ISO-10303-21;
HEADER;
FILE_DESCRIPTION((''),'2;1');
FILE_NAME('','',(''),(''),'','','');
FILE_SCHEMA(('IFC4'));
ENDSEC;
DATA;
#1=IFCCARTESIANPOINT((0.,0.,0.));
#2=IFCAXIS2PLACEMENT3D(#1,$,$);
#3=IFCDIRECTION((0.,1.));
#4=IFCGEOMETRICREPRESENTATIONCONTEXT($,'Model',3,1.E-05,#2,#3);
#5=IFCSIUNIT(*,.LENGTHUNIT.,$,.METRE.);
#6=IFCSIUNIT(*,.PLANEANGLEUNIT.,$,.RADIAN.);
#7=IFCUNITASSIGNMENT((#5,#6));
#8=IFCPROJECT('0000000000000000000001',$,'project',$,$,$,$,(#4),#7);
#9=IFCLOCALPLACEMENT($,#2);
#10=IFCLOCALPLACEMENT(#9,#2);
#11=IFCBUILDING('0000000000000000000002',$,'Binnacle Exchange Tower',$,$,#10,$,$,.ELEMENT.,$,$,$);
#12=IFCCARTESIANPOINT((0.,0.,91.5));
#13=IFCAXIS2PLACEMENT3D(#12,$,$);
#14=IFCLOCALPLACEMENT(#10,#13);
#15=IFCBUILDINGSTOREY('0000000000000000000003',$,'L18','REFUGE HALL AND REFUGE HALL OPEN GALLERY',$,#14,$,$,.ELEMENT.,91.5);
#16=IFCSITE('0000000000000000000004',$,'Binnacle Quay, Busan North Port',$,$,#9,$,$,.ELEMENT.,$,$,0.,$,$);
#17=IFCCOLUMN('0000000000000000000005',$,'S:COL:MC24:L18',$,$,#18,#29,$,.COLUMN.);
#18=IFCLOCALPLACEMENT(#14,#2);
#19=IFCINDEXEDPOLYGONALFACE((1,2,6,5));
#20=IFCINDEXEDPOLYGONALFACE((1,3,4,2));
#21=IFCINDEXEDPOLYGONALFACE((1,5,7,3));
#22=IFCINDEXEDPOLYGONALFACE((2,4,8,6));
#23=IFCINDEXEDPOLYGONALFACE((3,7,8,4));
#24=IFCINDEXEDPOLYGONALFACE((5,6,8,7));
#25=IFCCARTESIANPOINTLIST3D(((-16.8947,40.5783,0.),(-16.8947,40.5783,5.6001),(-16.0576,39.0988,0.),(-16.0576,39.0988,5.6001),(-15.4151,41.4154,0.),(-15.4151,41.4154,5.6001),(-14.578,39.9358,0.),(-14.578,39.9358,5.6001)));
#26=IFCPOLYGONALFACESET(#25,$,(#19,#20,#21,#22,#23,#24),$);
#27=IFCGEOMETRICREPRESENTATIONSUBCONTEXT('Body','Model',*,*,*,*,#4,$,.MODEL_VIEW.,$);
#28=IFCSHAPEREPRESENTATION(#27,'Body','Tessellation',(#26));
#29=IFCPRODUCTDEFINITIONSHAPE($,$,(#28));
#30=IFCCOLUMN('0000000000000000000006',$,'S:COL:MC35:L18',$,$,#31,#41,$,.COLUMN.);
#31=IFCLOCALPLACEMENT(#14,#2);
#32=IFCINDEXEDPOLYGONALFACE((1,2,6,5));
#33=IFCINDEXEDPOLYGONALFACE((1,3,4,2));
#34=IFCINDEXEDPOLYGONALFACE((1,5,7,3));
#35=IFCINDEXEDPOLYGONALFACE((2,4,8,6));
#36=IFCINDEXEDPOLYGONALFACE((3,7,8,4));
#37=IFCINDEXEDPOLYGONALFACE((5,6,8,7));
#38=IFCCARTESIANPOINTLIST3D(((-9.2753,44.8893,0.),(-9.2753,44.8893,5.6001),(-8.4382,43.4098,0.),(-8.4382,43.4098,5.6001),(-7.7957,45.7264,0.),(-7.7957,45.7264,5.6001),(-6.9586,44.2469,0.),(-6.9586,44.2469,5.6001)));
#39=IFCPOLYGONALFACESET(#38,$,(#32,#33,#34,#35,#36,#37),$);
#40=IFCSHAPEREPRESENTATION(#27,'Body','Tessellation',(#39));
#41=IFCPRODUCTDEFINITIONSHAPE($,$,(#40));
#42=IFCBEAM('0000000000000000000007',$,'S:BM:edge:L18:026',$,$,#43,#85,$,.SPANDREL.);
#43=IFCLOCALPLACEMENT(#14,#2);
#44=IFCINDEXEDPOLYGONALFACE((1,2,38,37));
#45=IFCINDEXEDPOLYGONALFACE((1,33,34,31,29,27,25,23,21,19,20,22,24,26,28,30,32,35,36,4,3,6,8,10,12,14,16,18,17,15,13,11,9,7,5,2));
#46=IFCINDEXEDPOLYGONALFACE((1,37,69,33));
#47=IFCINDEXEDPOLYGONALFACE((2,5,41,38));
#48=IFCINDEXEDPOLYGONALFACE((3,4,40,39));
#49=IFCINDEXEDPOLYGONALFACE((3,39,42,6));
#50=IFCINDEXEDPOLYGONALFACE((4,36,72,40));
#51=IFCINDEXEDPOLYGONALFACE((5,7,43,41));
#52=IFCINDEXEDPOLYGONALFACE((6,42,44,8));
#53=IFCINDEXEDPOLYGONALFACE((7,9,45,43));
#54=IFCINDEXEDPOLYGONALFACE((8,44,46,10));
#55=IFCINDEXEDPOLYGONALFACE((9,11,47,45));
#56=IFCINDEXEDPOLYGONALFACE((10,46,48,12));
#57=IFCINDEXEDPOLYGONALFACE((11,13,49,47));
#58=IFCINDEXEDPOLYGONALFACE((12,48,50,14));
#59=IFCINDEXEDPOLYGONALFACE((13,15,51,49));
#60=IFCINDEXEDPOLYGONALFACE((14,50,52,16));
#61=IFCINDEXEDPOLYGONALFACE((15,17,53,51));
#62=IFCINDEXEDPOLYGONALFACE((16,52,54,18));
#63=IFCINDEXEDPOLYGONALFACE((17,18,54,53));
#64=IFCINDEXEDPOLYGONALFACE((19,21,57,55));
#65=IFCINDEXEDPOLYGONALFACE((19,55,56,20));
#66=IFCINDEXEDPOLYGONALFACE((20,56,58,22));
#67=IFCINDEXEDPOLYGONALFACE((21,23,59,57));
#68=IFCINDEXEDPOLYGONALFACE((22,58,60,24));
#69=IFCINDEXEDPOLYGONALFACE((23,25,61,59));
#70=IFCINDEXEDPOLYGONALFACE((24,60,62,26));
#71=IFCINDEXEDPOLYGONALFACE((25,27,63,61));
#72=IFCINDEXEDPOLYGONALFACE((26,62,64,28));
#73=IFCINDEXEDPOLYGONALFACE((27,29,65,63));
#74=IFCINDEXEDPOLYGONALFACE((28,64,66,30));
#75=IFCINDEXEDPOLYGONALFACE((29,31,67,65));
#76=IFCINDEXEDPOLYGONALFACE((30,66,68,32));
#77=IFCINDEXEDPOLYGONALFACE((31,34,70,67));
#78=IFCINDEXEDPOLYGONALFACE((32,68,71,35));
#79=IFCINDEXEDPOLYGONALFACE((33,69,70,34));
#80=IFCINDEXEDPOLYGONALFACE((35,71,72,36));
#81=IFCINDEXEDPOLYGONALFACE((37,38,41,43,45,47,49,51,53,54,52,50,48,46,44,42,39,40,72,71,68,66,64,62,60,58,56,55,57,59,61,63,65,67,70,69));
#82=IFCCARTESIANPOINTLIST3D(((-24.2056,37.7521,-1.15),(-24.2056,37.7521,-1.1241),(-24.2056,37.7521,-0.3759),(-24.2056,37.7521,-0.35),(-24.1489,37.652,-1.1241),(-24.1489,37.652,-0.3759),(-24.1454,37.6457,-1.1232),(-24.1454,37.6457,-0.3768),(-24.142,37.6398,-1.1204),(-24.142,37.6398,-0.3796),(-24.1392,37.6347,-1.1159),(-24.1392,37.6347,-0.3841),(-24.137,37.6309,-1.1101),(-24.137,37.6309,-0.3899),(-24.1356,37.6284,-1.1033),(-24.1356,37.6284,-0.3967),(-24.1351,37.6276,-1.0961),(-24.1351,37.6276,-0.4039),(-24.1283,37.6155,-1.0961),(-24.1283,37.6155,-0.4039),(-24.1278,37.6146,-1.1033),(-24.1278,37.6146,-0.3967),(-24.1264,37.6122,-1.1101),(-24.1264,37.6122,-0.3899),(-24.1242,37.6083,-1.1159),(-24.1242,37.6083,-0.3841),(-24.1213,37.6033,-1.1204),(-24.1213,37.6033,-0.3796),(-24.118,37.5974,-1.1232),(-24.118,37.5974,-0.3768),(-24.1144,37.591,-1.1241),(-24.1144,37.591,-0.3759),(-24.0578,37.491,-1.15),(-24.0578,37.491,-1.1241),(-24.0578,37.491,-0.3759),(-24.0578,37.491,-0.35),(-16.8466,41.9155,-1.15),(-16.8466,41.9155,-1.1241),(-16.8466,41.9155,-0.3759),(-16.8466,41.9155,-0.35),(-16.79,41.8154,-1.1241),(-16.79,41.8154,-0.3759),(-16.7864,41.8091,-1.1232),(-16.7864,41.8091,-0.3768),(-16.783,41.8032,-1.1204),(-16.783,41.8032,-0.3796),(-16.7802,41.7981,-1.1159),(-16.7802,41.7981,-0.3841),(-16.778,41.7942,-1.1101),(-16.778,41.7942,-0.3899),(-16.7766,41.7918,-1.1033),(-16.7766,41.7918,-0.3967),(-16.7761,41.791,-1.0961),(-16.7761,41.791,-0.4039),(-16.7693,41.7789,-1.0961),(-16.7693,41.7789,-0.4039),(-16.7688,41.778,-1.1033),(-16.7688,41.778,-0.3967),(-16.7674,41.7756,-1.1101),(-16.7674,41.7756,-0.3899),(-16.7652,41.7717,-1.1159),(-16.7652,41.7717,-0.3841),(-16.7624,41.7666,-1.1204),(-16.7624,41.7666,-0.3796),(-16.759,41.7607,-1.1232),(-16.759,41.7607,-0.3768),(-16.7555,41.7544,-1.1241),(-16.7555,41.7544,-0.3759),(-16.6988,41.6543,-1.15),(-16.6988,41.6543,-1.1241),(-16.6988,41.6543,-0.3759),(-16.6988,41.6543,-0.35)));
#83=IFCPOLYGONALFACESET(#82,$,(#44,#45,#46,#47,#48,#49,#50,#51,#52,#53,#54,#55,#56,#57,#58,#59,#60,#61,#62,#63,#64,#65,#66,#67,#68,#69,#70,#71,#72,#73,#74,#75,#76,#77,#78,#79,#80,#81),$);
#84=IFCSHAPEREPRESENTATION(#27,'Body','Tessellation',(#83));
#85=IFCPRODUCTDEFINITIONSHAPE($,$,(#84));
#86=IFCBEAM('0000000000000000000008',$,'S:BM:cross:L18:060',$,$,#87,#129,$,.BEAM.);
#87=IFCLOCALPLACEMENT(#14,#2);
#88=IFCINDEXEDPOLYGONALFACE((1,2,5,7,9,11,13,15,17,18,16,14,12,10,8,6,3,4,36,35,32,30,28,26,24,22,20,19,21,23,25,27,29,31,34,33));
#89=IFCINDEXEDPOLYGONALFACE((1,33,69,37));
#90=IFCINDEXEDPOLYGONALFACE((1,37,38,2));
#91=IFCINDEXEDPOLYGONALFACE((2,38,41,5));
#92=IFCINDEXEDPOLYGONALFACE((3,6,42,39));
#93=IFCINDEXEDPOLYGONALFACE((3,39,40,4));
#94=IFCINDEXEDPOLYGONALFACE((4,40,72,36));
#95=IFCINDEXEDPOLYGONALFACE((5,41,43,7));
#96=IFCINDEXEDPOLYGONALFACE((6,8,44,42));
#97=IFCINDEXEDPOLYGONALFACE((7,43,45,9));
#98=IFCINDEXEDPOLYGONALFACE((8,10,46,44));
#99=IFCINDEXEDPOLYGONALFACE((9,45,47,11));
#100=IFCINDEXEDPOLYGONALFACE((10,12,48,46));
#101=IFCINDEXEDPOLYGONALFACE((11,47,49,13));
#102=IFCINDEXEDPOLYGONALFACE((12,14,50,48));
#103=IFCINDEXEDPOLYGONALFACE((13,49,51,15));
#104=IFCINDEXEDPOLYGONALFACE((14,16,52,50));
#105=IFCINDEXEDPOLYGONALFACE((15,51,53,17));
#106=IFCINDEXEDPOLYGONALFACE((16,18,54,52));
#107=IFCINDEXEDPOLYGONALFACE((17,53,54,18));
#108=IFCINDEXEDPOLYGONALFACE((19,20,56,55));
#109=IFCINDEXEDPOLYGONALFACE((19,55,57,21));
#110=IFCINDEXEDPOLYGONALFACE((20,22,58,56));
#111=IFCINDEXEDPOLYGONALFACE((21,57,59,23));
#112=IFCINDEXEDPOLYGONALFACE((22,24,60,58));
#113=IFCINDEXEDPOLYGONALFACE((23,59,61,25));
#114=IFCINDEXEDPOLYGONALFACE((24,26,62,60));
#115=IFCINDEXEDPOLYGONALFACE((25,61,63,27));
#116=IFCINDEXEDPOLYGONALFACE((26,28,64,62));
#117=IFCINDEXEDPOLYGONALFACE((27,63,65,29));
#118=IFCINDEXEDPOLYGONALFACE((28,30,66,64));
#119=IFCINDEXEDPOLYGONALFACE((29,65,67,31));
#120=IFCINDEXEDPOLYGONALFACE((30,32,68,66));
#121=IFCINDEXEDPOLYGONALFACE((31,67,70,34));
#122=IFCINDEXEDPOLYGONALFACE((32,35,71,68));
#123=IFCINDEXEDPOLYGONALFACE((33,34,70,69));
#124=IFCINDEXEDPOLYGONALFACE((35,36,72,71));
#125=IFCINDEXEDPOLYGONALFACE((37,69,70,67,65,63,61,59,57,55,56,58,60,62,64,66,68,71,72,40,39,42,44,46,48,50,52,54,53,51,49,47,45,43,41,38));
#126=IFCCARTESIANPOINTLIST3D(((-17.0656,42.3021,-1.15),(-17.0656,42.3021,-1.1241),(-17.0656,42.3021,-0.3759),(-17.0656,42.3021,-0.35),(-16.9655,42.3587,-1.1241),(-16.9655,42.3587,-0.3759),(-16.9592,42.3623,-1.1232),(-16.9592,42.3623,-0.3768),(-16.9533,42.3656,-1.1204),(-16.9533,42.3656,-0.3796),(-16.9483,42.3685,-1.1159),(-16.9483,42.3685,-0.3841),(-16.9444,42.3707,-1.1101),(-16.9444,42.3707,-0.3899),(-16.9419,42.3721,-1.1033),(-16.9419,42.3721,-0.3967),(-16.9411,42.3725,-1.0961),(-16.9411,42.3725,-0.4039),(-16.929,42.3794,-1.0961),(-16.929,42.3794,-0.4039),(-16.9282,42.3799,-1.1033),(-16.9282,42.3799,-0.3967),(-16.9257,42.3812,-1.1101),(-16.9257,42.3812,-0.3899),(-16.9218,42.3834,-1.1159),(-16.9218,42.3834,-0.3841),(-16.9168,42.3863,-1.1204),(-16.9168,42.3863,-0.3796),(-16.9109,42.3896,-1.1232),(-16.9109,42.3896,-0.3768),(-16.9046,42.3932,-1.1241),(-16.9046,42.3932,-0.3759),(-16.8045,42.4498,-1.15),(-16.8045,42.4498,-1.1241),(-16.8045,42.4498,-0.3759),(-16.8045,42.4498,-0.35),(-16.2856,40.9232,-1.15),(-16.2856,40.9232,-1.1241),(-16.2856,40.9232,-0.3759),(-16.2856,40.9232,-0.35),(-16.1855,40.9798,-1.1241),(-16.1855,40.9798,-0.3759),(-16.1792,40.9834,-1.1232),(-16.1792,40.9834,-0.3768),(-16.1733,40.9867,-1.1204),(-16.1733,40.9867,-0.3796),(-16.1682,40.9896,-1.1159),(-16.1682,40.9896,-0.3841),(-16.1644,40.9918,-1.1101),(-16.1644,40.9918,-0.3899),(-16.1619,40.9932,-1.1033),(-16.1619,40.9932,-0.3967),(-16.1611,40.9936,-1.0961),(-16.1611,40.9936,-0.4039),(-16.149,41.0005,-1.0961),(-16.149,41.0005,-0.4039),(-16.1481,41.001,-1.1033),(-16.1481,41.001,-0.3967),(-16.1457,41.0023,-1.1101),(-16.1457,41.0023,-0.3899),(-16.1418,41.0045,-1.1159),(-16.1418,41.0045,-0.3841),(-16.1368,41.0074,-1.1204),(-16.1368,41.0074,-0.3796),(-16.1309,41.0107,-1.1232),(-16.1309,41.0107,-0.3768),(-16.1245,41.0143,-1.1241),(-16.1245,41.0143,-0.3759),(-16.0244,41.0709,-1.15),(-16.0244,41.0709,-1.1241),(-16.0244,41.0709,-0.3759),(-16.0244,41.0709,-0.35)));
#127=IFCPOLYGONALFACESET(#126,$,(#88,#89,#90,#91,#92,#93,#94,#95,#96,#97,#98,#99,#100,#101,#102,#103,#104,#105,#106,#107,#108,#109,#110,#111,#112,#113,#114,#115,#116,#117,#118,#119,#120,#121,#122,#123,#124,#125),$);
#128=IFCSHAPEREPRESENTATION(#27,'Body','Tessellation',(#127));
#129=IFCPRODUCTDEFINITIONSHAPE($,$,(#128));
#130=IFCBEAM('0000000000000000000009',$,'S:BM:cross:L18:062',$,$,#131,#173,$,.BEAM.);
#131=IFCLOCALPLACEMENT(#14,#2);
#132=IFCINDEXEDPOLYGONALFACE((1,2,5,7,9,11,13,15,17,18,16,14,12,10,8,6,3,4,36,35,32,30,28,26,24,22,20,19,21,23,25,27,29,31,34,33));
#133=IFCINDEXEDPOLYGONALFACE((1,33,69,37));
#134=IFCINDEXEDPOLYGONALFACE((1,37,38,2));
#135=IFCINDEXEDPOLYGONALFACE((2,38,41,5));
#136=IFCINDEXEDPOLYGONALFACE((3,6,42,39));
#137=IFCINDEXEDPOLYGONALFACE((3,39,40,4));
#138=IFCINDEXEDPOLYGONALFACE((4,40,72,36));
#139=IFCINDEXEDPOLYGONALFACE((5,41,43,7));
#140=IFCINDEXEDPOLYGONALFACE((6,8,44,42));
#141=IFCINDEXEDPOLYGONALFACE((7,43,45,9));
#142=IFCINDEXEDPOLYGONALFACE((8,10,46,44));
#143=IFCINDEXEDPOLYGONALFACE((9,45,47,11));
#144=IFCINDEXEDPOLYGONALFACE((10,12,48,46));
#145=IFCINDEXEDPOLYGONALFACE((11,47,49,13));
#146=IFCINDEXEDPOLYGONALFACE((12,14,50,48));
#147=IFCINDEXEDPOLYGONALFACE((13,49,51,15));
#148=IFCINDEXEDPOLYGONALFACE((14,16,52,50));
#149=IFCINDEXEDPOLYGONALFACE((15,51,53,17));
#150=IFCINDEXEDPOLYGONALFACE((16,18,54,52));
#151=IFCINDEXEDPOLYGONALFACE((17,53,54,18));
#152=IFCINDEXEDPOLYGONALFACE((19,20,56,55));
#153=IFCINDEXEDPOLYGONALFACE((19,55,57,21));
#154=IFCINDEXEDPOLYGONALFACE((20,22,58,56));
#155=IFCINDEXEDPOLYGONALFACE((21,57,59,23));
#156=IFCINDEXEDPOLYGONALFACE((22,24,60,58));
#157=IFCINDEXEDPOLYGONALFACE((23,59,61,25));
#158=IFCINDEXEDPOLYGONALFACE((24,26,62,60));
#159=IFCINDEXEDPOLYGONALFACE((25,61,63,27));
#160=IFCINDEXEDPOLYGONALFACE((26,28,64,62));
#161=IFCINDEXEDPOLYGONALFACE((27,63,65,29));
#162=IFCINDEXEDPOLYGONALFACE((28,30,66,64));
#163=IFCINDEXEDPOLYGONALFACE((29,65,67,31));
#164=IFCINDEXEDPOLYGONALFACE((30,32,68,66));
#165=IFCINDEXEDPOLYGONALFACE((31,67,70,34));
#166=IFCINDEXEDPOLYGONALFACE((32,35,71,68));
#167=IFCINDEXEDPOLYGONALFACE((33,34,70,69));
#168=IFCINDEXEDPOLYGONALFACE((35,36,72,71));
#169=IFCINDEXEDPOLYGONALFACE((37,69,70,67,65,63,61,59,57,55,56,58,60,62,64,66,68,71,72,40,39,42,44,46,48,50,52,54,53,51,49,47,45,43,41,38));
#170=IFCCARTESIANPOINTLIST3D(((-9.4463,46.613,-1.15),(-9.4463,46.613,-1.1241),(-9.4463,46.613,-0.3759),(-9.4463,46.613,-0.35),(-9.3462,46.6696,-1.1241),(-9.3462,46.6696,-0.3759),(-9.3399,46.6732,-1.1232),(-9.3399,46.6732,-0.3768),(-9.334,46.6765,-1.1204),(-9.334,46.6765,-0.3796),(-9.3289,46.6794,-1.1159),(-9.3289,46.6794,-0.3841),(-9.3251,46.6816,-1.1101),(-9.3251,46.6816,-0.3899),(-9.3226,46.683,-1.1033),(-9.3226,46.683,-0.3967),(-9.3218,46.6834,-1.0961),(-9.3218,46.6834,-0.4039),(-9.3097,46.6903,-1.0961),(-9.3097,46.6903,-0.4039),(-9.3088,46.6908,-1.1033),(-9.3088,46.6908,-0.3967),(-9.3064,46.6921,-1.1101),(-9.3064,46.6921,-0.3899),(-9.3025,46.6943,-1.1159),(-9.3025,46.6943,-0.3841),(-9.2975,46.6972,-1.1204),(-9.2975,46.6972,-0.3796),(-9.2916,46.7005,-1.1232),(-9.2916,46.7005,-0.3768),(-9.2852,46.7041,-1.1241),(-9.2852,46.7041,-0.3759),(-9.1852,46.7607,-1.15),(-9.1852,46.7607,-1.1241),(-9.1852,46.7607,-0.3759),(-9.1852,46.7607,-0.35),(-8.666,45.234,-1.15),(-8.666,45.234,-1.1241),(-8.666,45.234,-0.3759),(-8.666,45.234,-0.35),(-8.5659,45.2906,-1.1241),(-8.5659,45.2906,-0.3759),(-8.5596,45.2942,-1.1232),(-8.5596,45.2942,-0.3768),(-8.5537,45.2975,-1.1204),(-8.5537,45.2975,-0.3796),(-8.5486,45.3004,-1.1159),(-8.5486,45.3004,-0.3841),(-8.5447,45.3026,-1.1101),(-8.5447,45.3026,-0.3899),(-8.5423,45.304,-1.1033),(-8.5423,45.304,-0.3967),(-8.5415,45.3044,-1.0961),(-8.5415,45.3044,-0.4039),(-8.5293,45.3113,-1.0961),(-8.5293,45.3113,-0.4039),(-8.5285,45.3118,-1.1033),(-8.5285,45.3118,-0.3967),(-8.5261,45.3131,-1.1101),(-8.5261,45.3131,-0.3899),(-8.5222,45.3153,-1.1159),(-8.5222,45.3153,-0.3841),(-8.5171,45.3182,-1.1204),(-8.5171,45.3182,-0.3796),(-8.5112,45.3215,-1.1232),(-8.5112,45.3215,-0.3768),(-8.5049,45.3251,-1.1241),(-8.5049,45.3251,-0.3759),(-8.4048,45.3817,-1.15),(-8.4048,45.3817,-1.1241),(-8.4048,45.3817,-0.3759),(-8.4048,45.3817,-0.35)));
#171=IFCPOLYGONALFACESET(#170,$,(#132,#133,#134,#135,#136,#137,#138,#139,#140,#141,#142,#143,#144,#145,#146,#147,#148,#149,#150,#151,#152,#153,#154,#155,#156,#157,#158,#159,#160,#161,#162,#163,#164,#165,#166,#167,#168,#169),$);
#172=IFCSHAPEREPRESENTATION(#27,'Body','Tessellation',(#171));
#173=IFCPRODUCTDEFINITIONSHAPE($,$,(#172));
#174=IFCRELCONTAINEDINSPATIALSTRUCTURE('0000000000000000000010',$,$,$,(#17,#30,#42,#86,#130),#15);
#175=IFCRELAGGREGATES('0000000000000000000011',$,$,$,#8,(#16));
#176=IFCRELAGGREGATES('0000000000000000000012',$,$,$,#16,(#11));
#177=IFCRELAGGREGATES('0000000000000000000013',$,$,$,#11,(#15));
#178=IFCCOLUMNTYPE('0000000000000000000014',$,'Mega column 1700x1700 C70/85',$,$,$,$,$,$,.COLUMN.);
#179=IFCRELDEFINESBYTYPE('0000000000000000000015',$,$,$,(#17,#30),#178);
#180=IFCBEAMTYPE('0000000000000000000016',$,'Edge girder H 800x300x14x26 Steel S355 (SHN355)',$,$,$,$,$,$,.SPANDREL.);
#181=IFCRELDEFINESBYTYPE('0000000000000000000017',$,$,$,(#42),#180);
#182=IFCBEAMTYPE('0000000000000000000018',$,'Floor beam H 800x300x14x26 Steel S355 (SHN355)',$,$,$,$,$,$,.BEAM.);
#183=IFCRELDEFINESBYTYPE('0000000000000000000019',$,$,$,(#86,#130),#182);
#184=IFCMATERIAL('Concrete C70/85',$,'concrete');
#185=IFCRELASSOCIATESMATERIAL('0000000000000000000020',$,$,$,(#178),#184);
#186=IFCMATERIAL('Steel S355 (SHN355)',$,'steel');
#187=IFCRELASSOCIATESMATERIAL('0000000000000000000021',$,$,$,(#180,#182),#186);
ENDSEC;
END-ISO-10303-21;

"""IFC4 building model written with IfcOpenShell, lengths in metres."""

from ifc_helpers import new_model, si_unit, direction, frame, origin, origin_2d, place, context, subcontext, project, spatial, rectangle, i_section, extrude, material, material_profile, profile_set, type_object, element, save


model = new_model("IFC4")

# Units and contexts
model_context = context("Model", 3, precision=1e-05, world=origin(), true_north=direction((0.0, 1.0)))
body_context = subcontext(model_context, "Body", "Model", "MODEL_VIEW")
ifc_project = project(units=[si_unit("LENGTHUNIT", "METRE"), si_unit("PLANEANGLEUNIT", "RADIAN")], contexts=[model_context])

# Site, building, storey
site_placement = place(None, origin())
site = spatial("IfcSite", under=ifc_project, at=site_placement, Name="Binnacle Quay, Busan North Port", CompositionType="ELEMENT", RefElevation=0.0)
building_placement = place(site_placement, origin())
building = spatial("IfcBuilding", under=site, at=building_placement, Name="Binnacle Exchange Tower", CompositionType="ELEMENT")
storey_placement = place(building_placement, frame((0.0, 0.0, 91.5)))
storey = spatial("IfcBuildingStorey", under=building, at=storey_placement, Name="L18", Description="REFUGE HALL AND REFUGE HALL OPEN GALLERY", CompositionType="ELEMENT", Elevation=91.5)

# Columns
ifc_material_1 = material(Name="Concrete C70/85", Category="concrete")
ifc_material_profile_1 = material_profile(ifc_material_1, rectangle(XDim=1.7, YDim=1.7, at=origin_2d()), Name="Mega column 1700x1700 C70/85")
ifc_profile_set_1 = profile_set([ifc_material_profile_1], Name="Concrete C70/85")
column_type = type_object("IfcColumnType", Name="Mega column 1700x1700 C70/85", PredefinedType="COLUMN", material=ifc_profile_set_1)
for number, where, z_axis, x_axis, name in (
    (1, (-15.7363, 40.2571, 0.0), (0.0, 0.0, 1.0), (0.870356, 0.492424, 0.0), "S:COL:MC24:L18"),
    (2, (-8.1169, 44.5681, 0.0), (0.0, 0.0, 1.0), (0.870356, 0.492424, 0.0), "S:COL:MC35:L18"),
):
    element("IfcColumn", number, at=place(storey_placement, frame(where, z_axis=z_axis, x_axis=x_axis)), inside=storey, type_object=column_type, Name=name, PredefinedType="COLUMN", context=body_context, shape_type="SweptSolid", body=[
        extrude(rectangle(XDim=1.7, YDim=1.7, at=origin_2d()), origin(), (0.0, 0.0, 1.0), 5.6001),
    ])

# Beams
ifc_material_2 = material(Name="Steel S355 (SHN355)", Category="steel")
ifc_material_profile_2 = material_profile(ifc_material_2, i_section(OverallWidth=0.3, OverallDepth=0.8, WebThickness=0.0139, FlangeThickness=0.0259, FilletRadius=0.0281, at=origin_2d()), Name="H 800x300x14x26")
ifc_profile_set_2 = profile_set([ifc_material_profile_2], Name="Steel S355 (SHN355)")
beam_type_1 = type_object("IfcBeamType", Name="Edge girder H 800x300x14x26 Steel S355 (SHN355)", PredefinedType="SPANDREL", material=ifc_profile_set_2)
beam_1_placement = place(storey_placement, frame((-16.7727, 41.7849, -0.75), z_axis=(-0.870362, -0.492412, 0.0), x_axis=(0.492412, -0.870362, 0.0)))
element("IfcBeam", 3, at=beam_1_placement, inside=storey, type_object=beam_type_1, Name="S:BM:edge:L18:026", PredefinedType="SPANDREL", context=body_context, shape_type="SweptSolid", body=[
    extrude(i_section(OverallWidth=0.3, OverallDepth=0.8, WebThickness=0.0139, FlangeThickness=0.0259, FilletRadius=0.0281, at=origin_2d()), origin(), (0.0, 0.0, 1.0), 8.4551),
])
ifc_material_profile_3 = material_profile(ifc_material_2, i_section(OverallWidth=0.3, OverallDepth=0.8, WebThickness=0.0139, FlangeThickness=0.0259, FilletRadius=0.0281, at=origin_2d()), Name="H 800x300x14x26")
ifc_profile_set_3 = profile_set([ifc_material_profile_3], Name="Steel S355 (SHN355)")
beam_type_2 = type_object("IfcBeamType", Name="Floor beam H 800x300x14x26 Steel S355 (SHN355)", PredefinedType="BEAM", material=ifc_profile_set_3)
beam_2_placement = place(storey_placement, frame((-16.155, 40.9971, -0.75), z_axis=(-0.492367, 0.870388, 0.0), x_axis=(-0.870388, -0.492367, 0.0)))
element("IfcBeam", 4, at=beam_2_placement, inside=storey, type_object=beam_type_2, Name="S:BM:cross:L18:060", PredefinedType="BEAM", context=body_context, shape_type="SweptSolid", body=[
    extrude(i_section(OverallWidth=0.3, OverallDepth=0.8, WebThickness=0.0139, FlangeThickness=0.0259, FilletRadius=0.0281, at=origin_2d()), origin(), (0.0, 0.0, 1.0), 1.5842),
])
beam_3_placement = place(storey_placement, frame((-8.5354, 45.3079, -0.75), z_axis=(-0.492484, 0.870322, 0.0), x_axis=(-0.870322, -0.492484, 0.0)))
element("IfcBeam", 5, at=beam_3_placement, inside=storey, type_object=beam_type_2, Name="S:BM:cross:L18:062", PredefinedType="BEAM", context=body_context, shape_type="SweptSolid", body=[
    extrude(i_section(OverallWidth=0.3, OverallDepth=0.8, WebThickness=0.0139, FlangeThickness=0.0259, FilletRadius=0.0281, at=origin_2d()), origin(), (0.0, 0.0, 1.0), 1.5845),
])

save(model, "model.ifc")
